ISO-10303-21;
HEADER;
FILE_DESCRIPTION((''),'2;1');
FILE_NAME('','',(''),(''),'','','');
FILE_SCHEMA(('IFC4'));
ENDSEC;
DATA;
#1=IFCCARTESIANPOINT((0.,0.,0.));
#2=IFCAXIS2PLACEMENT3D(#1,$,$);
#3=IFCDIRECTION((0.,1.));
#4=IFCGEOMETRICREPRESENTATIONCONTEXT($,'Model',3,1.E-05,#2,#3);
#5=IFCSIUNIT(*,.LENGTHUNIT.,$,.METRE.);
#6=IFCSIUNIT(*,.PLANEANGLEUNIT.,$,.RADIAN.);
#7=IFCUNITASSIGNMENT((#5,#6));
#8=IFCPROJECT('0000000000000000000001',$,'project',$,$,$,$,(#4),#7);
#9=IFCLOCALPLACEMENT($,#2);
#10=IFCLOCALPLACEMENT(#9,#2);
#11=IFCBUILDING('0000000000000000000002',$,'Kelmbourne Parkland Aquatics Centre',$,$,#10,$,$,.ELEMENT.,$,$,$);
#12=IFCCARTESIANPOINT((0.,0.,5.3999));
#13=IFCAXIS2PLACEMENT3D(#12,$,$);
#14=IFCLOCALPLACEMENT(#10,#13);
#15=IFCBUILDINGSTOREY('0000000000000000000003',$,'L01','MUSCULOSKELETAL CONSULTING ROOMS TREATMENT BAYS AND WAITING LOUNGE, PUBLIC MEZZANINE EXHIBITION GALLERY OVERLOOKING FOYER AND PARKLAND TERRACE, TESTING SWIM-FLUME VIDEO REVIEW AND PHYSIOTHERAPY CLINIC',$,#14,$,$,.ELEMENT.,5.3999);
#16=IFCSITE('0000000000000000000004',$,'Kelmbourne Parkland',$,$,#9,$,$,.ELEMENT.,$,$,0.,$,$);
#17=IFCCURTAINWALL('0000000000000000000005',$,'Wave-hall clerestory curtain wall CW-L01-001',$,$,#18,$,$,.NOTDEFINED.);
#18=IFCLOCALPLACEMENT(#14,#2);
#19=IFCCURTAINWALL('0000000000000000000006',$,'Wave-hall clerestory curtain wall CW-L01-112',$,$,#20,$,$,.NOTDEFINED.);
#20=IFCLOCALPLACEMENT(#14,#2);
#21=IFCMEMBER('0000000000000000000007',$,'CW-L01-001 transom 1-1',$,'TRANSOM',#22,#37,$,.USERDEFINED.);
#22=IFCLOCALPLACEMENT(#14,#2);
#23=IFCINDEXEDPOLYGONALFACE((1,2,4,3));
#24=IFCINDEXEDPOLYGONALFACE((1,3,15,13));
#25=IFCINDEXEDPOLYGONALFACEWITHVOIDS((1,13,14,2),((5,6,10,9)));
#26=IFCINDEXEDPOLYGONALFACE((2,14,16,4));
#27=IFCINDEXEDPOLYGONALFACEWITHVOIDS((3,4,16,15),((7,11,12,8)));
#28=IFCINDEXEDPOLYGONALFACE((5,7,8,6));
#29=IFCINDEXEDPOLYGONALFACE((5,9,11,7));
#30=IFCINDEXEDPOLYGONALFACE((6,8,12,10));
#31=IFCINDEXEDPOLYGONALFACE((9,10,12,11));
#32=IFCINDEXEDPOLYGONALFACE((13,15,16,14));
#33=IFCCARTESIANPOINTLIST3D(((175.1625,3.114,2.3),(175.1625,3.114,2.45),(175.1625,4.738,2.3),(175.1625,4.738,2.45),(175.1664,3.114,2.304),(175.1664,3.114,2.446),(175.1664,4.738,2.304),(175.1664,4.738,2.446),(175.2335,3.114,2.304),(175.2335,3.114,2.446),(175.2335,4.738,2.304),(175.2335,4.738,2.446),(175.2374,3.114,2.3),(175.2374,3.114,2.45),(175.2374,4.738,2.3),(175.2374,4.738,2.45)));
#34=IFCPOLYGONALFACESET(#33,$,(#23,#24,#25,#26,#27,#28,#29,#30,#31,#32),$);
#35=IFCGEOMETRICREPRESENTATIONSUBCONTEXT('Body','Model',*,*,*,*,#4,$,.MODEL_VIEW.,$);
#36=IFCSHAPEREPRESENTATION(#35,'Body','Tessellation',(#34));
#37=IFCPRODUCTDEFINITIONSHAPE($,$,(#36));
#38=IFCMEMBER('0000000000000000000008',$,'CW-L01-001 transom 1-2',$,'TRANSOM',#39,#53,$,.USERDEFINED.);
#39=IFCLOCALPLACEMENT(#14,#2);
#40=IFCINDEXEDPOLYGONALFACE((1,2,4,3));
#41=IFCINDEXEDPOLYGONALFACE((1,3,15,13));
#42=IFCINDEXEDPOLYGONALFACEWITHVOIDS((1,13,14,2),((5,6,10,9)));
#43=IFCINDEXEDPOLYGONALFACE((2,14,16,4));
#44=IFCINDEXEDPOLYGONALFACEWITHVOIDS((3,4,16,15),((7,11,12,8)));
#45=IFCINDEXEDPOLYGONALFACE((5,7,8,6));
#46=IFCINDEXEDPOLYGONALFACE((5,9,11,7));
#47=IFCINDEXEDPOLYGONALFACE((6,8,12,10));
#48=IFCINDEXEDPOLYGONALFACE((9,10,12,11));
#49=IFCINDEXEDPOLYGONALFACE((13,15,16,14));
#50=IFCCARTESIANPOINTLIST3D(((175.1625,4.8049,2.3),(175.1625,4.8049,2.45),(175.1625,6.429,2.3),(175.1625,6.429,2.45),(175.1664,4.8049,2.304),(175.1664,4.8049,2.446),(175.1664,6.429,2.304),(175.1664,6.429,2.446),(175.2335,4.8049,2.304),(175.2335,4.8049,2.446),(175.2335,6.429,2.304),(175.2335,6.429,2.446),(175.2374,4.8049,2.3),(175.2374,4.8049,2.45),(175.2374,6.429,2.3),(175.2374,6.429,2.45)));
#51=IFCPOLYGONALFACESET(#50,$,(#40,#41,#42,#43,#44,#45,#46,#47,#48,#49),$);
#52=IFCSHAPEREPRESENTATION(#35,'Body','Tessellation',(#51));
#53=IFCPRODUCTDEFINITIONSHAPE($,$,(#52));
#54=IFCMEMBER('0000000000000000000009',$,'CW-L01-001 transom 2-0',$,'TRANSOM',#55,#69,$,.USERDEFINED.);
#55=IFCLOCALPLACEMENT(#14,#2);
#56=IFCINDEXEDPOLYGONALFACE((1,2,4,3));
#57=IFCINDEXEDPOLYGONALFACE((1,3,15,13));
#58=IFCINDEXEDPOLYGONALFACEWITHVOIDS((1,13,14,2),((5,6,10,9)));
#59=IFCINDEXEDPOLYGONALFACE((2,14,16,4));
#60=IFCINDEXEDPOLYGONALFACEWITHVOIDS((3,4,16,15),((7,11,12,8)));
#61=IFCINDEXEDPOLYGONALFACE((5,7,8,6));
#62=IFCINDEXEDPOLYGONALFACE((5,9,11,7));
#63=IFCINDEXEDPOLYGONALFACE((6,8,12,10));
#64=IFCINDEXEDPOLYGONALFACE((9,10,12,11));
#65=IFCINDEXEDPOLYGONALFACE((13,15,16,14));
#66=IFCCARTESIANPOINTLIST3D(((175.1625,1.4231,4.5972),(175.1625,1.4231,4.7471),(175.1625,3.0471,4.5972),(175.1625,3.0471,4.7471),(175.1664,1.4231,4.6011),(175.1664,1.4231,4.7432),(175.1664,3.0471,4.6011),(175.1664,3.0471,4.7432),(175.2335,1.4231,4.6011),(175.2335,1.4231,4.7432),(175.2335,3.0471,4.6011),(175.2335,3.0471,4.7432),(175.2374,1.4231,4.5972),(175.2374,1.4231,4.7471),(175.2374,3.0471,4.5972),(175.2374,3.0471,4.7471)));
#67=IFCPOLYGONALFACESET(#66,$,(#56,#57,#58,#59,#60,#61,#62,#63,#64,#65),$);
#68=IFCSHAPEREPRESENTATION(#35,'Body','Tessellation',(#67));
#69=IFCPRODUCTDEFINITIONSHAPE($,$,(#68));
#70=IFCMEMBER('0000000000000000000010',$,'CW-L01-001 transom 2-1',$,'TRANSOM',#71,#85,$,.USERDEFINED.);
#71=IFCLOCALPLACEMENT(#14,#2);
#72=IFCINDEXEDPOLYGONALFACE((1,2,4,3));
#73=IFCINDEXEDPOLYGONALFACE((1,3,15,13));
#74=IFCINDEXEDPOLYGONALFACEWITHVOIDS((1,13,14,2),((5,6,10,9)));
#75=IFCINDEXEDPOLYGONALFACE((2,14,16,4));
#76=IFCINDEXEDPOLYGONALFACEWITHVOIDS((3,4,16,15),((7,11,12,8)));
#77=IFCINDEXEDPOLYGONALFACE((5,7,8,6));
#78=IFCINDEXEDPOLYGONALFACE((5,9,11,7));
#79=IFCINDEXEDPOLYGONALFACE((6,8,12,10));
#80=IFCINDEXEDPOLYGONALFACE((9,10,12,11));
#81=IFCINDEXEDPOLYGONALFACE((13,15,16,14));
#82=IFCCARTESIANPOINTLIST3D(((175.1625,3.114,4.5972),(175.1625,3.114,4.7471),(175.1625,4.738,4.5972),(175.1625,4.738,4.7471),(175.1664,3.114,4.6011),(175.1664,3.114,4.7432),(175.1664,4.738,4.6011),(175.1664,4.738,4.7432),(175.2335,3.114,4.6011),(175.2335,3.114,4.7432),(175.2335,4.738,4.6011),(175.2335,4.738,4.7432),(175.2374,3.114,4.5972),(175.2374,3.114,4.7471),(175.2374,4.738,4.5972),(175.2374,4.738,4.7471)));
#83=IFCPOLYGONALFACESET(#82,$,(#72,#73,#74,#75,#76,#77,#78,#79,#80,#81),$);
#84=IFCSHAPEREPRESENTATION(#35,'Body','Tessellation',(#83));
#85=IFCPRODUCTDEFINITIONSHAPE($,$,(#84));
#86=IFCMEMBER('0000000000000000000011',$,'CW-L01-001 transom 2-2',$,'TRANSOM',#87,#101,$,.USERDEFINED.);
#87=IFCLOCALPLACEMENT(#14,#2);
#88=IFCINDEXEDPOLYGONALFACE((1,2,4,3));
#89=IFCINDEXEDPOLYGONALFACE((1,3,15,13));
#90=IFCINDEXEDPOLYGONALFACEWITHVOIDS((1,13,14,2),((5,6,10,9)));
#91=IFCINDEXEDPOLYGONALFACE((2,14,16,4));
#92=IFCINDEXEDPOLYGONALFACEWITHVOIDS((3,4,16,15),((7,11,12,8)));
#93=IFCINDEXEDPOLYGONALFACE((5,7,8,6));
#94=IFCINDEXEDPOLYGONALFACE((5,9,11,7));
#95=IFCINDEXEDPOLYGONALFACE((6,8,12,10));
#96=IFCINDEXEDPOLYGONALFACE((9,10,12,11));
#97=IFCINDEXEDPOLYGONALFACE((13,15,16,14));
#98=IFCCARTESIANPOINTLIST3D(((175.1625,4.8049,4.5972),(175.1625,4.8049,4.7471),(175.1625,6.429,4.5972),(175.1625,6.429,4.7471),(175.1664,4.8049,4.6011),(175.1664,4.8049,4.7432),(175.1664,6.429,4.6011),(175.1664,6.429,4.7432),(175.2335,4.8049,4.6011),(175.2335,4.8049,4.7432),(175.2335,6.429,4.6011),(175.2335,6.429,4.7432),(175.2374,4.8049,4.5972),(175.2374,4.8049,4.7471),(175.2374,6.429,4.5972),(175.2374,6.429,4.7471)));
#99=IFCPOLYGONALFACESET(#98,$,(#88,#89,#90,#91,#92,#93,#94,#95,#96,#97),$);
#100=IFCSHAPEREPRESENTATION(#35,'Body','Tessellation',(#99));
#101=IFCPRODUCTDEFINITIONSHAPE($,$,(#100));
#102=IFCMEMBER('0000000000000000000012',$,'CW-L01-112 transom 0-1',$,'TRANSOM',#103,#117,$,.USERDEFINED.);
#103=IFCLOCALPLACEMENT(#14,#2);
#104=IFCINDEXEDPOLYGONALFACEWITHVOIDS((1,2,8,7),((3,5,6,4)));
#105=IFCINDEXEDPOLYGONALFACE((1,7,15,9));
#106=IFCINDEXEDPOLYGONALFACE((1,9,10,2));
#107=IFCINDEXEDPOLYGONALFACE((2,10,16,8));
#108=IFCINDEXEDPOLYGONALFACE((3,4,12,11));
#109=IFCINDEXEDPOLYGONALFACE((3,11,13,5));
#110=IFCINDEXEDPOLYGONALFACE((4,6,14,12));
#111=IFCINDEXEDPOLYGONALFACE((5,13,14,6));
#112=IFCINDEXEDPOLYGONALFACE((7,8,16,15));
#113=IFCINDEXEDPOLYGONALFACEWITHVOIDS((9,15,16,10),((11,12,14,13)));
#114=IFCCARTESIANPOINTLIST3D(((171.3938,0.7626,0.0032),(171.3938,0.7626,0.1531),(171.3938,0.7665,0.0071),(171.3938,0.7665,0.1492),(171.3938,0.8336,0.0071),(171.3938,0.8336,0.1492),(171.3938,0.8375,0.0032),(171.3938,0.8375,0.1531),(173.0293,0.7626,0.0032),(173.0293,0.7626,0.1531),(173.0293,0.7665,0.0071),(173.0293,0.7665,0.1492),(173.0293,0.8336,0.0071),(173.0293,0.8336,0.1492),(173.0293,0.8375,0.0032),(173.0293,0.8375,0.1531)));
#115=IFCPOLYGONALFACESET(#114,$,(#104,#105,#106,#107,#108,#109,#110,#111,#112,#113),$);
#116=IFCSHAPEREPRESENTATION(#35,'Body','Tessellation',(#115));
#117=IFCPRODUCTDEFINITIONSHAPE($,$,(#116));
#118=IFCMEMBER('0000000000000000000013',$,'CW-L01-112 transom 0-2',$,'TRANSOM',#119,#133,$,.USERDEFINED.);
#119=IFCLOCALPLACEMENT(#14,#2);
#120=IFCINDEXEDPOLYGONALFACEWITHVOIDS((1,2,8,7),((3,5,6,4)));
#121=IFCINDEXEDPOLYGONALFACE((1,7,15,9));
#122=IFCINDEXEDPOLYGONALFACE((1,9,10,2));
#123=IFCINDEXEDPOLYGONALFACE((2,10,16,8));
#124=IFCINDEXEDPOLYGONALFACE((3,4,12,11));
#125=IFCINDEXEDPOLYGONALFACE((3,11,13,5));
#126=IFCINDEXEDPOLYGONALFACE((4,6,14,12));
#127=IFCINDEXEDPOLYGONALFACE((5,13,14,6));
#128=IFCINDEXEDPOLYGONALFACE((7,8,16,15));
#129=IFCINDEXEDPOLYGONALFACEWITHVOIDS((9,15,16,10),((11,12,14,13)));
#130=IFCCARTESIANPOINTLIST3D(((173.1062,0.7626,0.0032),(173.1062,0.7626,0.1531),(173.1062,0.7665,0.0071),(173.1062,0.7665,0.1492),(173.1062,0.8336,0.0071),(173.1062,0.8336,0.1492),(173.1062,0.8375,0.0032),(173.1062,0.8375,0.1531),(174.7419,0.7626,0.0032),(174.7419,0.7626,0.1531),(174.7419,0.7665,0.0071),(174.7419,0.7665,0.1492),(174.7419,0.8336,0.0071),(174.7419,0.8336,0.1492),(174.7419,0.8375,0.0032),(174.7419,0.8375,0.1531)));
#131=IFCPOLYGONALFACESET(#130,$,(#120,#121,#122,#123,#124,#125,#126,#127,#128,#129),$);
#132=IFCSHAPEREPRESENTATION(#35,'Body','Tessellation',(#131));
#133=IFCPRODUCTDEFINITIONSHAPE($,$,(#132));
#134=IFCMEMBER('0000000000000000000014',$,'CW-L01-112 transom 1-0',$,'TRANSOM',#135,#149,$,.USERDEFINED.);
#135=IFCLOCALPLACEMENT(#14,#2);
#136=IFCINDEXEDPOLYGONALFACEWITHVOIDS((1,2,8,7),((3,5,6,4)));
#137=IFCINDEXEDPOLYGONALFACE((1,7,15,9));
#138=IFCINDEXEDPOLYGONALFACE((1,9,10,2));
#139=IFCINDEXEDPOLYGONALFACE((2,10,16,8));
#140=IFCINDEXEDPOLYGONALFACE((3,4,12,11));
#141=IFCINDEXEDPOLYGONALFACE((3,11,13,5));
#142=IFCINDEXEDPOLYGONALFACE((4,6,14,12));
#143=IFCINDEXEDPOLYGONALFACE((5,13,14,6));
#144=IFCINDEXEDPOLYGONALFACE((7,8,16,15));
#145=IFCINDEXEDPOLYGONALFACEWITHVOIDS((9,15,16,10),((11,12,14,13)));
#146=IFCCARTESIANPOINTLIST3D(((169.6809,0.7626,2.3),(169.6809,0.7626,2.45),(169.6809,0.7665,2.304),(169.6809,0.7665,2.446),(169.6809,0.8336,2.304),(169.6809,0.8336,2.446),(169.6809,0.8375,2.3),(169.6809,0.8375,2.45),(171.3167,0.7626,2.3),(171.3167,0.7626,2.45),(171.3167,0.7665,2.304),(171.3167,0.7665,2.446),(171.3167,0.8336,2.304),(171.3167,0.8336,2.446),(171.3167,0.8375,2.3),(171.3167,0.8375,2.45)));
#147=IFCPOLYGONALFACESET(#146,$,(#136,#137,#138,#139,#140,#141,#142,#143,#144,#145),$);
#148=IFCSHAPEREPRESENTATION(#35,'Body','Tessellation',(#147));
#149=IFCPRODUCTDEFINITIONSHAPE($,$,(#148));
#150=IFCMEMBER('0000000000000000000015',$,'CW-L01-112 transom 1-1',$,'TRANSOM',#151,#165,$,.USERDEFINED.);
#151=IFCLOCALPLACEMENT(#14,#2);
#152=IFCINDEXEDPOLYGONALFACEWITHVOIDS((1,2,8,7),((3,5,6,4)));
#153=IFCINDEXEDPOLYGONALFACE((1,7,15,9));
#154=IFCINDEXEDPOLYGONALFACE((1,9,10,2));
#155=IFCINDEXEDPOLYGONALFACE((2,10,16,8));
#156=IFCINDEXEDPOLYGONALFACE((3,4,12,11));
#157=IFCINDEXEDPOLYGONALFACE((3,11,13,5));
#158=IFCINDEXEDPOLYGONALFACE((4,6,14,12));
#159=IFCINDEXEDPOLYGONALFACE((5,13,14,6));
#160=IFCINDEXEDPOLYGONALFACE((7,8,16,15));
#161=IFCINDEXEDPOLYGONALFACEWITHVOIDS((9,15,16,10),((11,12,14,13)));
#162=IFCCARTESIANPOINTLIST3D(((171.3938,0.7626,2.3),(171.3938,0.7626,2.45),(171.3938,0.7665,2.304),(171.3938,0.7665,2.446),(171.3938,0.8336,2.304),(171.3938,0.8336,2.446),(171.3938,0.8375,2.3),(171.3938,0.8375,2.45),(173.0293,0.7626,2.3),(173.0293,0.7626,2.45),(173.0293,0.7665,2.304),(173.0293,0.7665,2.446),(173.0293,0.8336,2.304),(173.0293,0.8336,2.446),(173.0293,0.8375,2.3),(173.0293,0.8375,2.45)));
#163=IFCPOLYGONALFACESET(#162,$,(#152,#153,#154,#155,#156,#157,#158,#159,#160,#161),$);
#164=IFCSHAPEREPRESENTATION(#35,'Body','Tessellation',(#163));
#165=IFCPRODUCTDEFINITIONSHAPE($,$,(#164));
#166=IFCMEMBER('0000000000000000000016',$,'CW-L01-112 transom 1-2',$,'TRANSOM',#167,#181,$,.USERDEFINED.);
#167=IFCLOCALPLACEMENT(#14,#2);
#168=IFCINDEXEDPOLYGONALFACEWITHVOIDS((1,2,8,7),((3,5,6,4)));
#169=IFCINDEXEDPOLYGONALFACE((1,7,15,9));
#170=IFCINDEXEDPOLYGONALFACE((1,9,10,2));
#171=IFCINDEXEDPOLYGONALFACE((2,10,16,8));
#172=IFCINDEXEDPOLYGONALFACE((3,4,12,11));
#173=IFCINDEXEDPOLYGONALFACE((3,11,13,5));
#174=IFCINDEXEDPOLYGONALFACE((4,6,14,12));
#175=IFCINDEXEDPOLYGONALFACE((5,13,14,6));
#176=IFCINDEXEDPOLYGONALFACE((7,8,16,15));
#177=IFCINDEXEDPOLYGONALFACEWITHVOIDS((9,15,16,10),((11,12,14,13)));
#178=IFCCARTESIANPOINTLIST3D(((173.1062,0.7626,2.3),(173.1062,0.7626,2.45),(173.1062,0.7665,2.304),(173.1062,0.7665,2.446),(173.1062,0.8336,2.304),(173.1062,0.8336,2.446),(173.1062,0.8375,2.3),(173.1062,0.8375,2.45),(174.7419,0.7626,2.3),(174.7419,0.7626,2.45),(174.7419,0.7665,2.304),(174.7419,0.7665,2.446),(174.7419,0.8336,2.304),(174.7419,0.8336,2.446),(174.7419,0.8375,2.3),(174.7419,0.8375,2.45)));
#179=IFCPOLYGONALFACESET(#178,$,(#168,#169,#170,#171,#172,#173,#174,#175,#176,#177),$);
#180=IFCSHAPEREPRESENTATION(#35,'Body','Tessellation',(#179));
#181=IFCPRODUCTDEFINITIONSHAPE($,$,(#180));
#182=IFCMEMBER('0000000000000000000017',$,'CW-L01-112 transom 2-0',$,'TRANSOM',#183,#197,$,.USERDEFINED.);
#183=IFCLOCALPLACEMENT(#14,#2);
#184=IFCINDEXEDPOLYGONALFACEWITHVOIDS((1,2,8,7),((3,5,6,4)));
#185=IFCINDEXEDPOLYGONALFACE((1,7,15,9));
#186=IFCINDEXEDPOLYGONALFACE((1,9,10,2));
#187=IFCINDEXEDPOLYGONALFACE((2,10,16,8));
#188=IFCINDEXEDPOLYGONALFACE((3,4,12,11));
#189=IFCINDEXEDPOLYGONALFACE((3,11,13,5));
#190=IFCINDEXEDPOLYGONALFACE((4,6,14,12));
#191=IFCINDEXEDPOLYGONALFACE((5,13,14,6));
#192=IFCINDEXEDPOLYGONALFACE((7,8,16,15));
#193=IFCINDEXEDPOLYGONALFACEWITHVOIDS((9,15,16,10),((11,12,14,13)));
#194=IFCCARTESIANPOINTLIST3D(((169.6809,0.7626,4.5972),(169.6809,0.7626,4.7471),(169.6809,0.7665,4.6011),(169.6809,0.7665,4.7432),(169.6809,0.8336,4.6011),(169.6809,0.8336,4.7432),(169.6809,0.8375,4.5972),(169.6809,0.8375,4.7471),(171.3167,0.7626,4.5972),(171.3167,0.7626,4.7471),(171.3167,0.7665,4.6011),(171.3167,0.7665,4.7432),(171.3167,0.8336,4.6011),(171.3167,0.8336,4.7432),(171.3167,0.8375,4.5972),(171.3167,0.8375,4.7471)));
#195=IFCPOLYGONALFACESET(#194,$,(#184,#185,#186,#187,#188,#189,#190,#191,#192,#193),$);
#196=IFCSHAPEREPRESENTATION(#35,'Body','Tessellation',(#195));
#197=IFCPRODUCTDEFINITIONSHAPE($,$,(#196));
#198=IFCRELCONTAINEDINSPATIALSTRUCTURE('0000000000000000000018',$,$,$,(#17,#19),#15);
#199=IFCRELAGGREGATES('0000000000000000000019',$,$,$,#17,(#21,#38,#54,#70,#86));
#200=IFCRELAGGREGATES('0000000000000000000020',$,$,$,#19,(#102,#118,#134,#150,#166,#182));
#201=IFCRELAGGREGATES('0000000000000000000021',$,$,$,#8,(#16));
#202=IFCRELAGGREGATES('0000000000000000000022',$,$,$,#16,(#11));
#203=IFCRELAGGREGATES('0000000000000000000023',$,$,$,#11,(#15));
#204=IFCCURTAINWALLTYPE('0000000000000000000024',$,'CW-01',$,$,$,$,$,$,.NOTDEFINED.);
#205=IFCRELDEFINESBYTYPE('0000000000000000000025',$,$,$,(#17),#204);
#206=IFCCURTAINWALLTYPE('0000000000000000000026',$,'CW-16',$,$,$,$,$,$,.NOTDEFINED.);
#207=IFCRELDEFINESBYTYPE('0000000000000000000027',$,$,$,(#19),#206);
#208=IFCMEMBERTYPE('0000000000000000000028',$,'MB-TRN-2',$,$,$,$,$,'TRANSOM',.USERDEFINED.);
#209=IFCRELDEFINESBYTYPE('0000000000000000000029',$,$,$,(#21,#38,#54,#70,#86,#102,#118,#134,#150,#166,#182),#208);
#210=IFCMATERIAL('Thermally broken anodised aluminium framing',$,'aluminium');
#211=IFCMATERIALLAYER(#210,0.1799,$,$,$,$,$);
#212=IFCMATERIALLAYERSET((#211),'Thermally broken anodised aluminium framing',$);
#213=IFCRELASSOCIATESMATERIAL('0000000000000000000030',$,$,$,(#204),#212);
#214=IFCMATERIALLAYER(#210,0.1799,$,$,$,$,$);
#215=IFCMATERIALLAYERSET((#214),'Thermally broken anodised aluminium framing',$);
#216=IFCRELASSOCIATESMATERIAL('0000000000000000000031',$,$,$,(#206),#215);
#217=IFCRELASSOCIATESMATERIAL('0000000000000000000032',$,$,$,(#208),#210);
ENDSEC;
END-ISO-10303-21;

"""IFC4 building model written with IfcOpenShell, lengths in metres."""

from ifc_helpers import new_model, si_unit, direction, frame, origin, origin_2d, place, context, subcontext, project, spatial, hollow_rectangle, extrude, material, layer, layer_set, material_profile, profile_set, type_object, element, aggregate, save


model = new_model("IFC4")

# Units and contexts
model_context = context("Model", 3, precision=1e-05, world=origin(), true_north=direction((0.0, 1.0)))
body_context = subcontext(model_context, "Body", "Model", "MODEL_VIEW")
ifc_project = project(units=[si_unit("LENGTHUNIT", "METRE"), si_unit("PLANEANGLEUNIT", "RADIAN")], contexts=[model_context])

# Site, building, storey
site_placement = place(None, origin())
site = spatial("IfcSite", under=ifc_project, at=site_placement, Name="Kelmbourne Parkland", CompositionType="ELEMENT", RefElevation=0.0)
building_placement = place(site_placement, origin())
building = spatial("IfcBuilding", under=site, at=building_placement, Name="Kelmbourne Parkland Aquatics Centre", CompositionType="ELEMENT")
storey_placement = place(building_placement, frame((0.0, 0.0, 5.3999)))
storey = spatial("IfcBuildingStorey", under=building, at=storey_placement, Name="L01", Description="MUSCULOSKELETAL CONSULTING ROOMS TREATMENT BAYS AND WAITING LOUNGE, PUBLIC MEZZANINE EXHIBITION GALLERY OVERLOOKING FOYER AND PARKLAND TERRACE, TESTING SWIM-FLUME VIDEO REVIEW AND PHYSIOTHERAPY CLINIC", CompositionType="ELEMENT", Elevation=5.3999)

# Curtain walls
ifc_material_1 = material(Name="Thermally broken anodised aluminium framing", Category="aluminium")
ifc_layer_1 = layer(ifc_material_1, 0.1799)
ifc_layer_set_1 = layer_set([ifc_layer_1], Name="Thermally broken anodised aluminium framing")
curtain_wall_type_1 = type_object("IfcCurtainWallType", Name="CW-01", PredefinedType="NOTDEFINED", material=ifc_layer_set_1)
curtain_wall_1_placement = place(storey_placement, origin())
curtain_wall_1 = element("IfcCurtainWall", 1, at=curtain_wall_1_placement, inside=storey, type_object=curtain_wall_type_1, Name="Wave-hall clerestory curtain wall CW-L01-001", PredefinedType="NOTDEFINED")
ifc_layer_2 = layer(ifc_material_1, 0.1799)
ifc_layer_set_2 = layer_set([ifc_layer_2], Name="Thermally broken anodised aluminium framing")
curtain_wall_type_2 = type_object("IfcCurtainWallType", Name="CW-16", PredefinedType="NOTDEFINED", material=ifc_layer_set_2)
curtain_wall_2_placement = place(storey_placement, origin())
curtain_wall_2 = element("IfcCurtainWall", 2, at=curtain_wall_2_placement, inside=storey, type_object=curtain_wall_type_2, Name="Wave-hall clerestory curtain wall CW-L01-112", PredefinedType="NOTDEFINED")

# Members
ifc_material_profile_1 = material_profile(ifc_material_1, hollow_rectangle(XDim=0.075, YDim=0.1499, WallThickness=0.0039, at=origin_2d()), Name="CW-T 75x150")
ifc_profile_set_1 = profile_set([ifc_material_profile_1], Name="Thermally broken anodised aluminium framing")
member_type_1 = type_object("IfcMemberType", Name="MB-TRN-2", ElementType="TRANSOM", PredefinedType="USERDEFINED", material=ifc_profile_set_1)
member_1_placement = place(storey_placement, frame((175.2, 3.114, 2.375), z_axis=(0.0, 1.0, 0.0), x_axis=(-1.0, 0.0, 0.0)))
member_1 = element("IfcMember", 3, at=member_1_placement, type_object=member_type_1, Name="CW-L01-001 transom 1-1", ObjectType="TRANSOM", PredefinedType="USERDEFINED", context=body_context, shape_type="SweptSolid", body=[
    extrude(hollow_rectangle(XDim=0.075, YDim=0.1499, WallThickness=0.0039, at=origin_2d()), origin(), (0.0, 0.0, 1.0), 1.624),
])
member_2_placement = place(storey_placement, frame((175.2, 4.8049, 2.375), z_axis=(0.0, 1.0, 0.0), x_axis=(-1.0, 0.0, 0.0)))
member_2 = element("IfcMember", 4, at=member_2_placement, type_object=member_type_1, Name="CW-L01-001 transom 1-2", ObjectType="TRANSOM", PredefinedType="USERDEFINED", context=body_context, shape_type="SweptSolid", body=[
    extrude(hollow_rectangle(XDim=0.075, YDim=0.1499, WallThickness=0.0039, at=origin_2d()), origin(), (0.0, 0.0, 1.0), 1.624),
])
member_3_placement = place(storey_placement, frame((175.2, 1.4231, 4.6721), z_axis=(0.0, 1.0, 0.0), x_axis=(-1.0, 0.0, 0.0)))
member_3 = element("IfcMember", 5, at=member_3_placement, type_object=member_type_1, Name="CW-L01-001 transom 2-0", ObjectType="TRANSOM", PredefinedType="USERDEFINED", context=body_context, shape_type="SweptSolid", body=[
    extrude(hollow_rectangle(XDim=0.075, YDim=0.1499, WallThickness=0.0039, at=origin_2d()), origin(), (0.0, 0.0, 1.0), 1.624),
])
member_4_placement = place(storey_placement, frame((175.2, 3.114, 4.6721), z_axis=(0.0, 1.0, 0.0), x_axis=(-1.0, 0.0, 0.0)))
member_4 = element("IfcMember", 6, at=member_4_placement, type_object=member_type_1, Name="CW-L01-001 transom 2-1", ObjectType="TRANSOM", PredefinedType="USERDEFINED", context=body_context, shape_type="SweptSolid", body=[
    extrude(hollow_rectangle(XDim=0.075, YDim=0.1499, WallThickness=0.0039, at=origin_2d()), origin(), (0.0, 0.0, 1.0), 1.624),
])
member_5_placement = place(storey_placement, frame((175.2, 4.8049, 4.6721), z_axis=(0.0, 1.0, 0.0), x_axis=(-1.0, 0.0, 0.0)))
member_5 = element("IfcMember", 7, at=member_5_placement, type_object=member_type_1, Name="CW-L01-001 transom 2-2", ObjectType="TRANSOM", PredefinedType="USERDEFINED", context=body_context, shape_type="SweptSolid", body=[
    extrude(hollow_rectangle(XDim=0.075, YDim=0.1499, WallThickness=0.0039, at=origin_2d()), origin(), (0.0, 0.0, 1.0), 1.624),
])
member_6_placement = place(storey_placement, frame((171.3938, 0.8, 0.0781), z_axis=(1.0, 0.0, 0.0), x_axis=(0.0, 1.0, 0.0)))
member_6 = element("IfcMember", 8, at=member_6_placement, type_object=member_type_1, Name="CW-L01-112 transom 0-1", ObjectType="TRANSOM", PredefinedType="USERDEFINED", context=body_context, shape_type="SweptSolid", body=[
    extrude(hollow_rectangle(XDim=0.075, YDim=0.1499, WallThickness=0.0039, at=origin_2d()), origin(), (0.0, 0.0, 1.0), 1.6355),
])
member_7_placement = place(storey_placement, frame((173.1062, 0.8, 0.0781), z_axis=(1.0, 0.0, 0.0), x_axis=(0.0, 1.0, 0.0)))
member_7 = element("IfcMember", 9, at=member_7_placement, type_object=member_type_1, Name="CW-L01-112 transom 0-2", ObjectType="TRANSOM", PredefinedType="USERDEFINED", context=body_context, shape_type="SweptSolid", body=[
    extrude(hollow_rectangle(XDim=0.075, YDim=0.1499, WallThickness=0.0039, at=origin_2d()), origin(), (0.0, 0.0, 1.0), 1.6357),
])
member_8_placement = place(storey_placement, frame((169.6809, 0.8, 2.375), z_axis=(1.0, 0.0, 0.0), x_axis=(0.0, 1.0, 0.0)))
member_8 = element("IfcMember", 10, at=member_8_placement, type_object=member_type_1, Name="CW-L01-112 transom 1-0", ObjectType="TRANSOM", PredefinedType="USERDEFINED", context=body_context, shape_type="SweptSolid", body=[
    extrude(hollow_rectangle(XDim=0.075, YDim=0.1499, WallThickness=0.0039, at=origin_2d()), origin(), (0.0, 0.0, 1.0), 1.6357),
])
member_9_placement = place(storey_placement, frame((171.3938, 0.8, 2.375), z_axis=(1.0, 0.0, 0.0), x_axis=(0.0, 1.0, 0.0)))
member_9 = element("IfcMember", 11, at=member_9_placement, type_object=member_type_1, Name="CW-L01-112 transom 1-1", ObjectType="TRANSOM", PredefinedType="USERDEFINED", context=body_context, shape_type="SweptSolid", body=[
    extrude(hollow_rectangle(XDim=0.075, YDim=0.1499, WallThickness=0.0039, at=origin_2d()), origin(), (0.0, 0.0, 1.0), 1.6355),
])
member_10_placement = place(storey_placement, frame((173.1062, 0.8, 2.375), z_axis=(1.0, 0.0, 0.0), x_axis=(0.0, 1.0, 0.0)))
member_10 = element("IfcMember", 12, at=member_10_placement, type_object=member_type_1, Name="CW-L01-112 transom 1-2", ObjectType="TRANSOM", PredefinedType="USERDEFINED", context=body_context, shape_type="SweptSolid", body=[
    extrude(hollow_rectangle(XDim=0.075, YDim=0.1499, WallThickness=0.0039, at=origin_2d()), origin(), (0.0, 0.0, 1.0), 1.6357),
])
member_11_placement = place(storey_placement, frame((169.6809, 0.8, 4.6721), z_axis=(1.0, 0.0, 0.0), x_axis=(0.0, 1.0, 0.0)))
member_11 = element("IfcMember", 13, at=member_11_placement, type_object=member_type_1, Name="CW-L01-112 transom 2-0", ObjectType="TRANSOM", PredefinedType="USERDEFINED", context=body_context, shape_type="SweptSolid", body=[
    extrude(hollow_rectangle(XDim=0.075, YDim=0.1499, WallThickness=0.0039, at=origin_2d()), origin(), (0.0, 0.0, 1.0), 1.6357),
])

aggregate(curtain_wall_1, [member_1, member_2, member_3, member_4, member_5])
aggregate(curtain_wall_2, [member_6, member_7, member_8, member_9, member_10, member_11])

save(model, "model.ifc")
